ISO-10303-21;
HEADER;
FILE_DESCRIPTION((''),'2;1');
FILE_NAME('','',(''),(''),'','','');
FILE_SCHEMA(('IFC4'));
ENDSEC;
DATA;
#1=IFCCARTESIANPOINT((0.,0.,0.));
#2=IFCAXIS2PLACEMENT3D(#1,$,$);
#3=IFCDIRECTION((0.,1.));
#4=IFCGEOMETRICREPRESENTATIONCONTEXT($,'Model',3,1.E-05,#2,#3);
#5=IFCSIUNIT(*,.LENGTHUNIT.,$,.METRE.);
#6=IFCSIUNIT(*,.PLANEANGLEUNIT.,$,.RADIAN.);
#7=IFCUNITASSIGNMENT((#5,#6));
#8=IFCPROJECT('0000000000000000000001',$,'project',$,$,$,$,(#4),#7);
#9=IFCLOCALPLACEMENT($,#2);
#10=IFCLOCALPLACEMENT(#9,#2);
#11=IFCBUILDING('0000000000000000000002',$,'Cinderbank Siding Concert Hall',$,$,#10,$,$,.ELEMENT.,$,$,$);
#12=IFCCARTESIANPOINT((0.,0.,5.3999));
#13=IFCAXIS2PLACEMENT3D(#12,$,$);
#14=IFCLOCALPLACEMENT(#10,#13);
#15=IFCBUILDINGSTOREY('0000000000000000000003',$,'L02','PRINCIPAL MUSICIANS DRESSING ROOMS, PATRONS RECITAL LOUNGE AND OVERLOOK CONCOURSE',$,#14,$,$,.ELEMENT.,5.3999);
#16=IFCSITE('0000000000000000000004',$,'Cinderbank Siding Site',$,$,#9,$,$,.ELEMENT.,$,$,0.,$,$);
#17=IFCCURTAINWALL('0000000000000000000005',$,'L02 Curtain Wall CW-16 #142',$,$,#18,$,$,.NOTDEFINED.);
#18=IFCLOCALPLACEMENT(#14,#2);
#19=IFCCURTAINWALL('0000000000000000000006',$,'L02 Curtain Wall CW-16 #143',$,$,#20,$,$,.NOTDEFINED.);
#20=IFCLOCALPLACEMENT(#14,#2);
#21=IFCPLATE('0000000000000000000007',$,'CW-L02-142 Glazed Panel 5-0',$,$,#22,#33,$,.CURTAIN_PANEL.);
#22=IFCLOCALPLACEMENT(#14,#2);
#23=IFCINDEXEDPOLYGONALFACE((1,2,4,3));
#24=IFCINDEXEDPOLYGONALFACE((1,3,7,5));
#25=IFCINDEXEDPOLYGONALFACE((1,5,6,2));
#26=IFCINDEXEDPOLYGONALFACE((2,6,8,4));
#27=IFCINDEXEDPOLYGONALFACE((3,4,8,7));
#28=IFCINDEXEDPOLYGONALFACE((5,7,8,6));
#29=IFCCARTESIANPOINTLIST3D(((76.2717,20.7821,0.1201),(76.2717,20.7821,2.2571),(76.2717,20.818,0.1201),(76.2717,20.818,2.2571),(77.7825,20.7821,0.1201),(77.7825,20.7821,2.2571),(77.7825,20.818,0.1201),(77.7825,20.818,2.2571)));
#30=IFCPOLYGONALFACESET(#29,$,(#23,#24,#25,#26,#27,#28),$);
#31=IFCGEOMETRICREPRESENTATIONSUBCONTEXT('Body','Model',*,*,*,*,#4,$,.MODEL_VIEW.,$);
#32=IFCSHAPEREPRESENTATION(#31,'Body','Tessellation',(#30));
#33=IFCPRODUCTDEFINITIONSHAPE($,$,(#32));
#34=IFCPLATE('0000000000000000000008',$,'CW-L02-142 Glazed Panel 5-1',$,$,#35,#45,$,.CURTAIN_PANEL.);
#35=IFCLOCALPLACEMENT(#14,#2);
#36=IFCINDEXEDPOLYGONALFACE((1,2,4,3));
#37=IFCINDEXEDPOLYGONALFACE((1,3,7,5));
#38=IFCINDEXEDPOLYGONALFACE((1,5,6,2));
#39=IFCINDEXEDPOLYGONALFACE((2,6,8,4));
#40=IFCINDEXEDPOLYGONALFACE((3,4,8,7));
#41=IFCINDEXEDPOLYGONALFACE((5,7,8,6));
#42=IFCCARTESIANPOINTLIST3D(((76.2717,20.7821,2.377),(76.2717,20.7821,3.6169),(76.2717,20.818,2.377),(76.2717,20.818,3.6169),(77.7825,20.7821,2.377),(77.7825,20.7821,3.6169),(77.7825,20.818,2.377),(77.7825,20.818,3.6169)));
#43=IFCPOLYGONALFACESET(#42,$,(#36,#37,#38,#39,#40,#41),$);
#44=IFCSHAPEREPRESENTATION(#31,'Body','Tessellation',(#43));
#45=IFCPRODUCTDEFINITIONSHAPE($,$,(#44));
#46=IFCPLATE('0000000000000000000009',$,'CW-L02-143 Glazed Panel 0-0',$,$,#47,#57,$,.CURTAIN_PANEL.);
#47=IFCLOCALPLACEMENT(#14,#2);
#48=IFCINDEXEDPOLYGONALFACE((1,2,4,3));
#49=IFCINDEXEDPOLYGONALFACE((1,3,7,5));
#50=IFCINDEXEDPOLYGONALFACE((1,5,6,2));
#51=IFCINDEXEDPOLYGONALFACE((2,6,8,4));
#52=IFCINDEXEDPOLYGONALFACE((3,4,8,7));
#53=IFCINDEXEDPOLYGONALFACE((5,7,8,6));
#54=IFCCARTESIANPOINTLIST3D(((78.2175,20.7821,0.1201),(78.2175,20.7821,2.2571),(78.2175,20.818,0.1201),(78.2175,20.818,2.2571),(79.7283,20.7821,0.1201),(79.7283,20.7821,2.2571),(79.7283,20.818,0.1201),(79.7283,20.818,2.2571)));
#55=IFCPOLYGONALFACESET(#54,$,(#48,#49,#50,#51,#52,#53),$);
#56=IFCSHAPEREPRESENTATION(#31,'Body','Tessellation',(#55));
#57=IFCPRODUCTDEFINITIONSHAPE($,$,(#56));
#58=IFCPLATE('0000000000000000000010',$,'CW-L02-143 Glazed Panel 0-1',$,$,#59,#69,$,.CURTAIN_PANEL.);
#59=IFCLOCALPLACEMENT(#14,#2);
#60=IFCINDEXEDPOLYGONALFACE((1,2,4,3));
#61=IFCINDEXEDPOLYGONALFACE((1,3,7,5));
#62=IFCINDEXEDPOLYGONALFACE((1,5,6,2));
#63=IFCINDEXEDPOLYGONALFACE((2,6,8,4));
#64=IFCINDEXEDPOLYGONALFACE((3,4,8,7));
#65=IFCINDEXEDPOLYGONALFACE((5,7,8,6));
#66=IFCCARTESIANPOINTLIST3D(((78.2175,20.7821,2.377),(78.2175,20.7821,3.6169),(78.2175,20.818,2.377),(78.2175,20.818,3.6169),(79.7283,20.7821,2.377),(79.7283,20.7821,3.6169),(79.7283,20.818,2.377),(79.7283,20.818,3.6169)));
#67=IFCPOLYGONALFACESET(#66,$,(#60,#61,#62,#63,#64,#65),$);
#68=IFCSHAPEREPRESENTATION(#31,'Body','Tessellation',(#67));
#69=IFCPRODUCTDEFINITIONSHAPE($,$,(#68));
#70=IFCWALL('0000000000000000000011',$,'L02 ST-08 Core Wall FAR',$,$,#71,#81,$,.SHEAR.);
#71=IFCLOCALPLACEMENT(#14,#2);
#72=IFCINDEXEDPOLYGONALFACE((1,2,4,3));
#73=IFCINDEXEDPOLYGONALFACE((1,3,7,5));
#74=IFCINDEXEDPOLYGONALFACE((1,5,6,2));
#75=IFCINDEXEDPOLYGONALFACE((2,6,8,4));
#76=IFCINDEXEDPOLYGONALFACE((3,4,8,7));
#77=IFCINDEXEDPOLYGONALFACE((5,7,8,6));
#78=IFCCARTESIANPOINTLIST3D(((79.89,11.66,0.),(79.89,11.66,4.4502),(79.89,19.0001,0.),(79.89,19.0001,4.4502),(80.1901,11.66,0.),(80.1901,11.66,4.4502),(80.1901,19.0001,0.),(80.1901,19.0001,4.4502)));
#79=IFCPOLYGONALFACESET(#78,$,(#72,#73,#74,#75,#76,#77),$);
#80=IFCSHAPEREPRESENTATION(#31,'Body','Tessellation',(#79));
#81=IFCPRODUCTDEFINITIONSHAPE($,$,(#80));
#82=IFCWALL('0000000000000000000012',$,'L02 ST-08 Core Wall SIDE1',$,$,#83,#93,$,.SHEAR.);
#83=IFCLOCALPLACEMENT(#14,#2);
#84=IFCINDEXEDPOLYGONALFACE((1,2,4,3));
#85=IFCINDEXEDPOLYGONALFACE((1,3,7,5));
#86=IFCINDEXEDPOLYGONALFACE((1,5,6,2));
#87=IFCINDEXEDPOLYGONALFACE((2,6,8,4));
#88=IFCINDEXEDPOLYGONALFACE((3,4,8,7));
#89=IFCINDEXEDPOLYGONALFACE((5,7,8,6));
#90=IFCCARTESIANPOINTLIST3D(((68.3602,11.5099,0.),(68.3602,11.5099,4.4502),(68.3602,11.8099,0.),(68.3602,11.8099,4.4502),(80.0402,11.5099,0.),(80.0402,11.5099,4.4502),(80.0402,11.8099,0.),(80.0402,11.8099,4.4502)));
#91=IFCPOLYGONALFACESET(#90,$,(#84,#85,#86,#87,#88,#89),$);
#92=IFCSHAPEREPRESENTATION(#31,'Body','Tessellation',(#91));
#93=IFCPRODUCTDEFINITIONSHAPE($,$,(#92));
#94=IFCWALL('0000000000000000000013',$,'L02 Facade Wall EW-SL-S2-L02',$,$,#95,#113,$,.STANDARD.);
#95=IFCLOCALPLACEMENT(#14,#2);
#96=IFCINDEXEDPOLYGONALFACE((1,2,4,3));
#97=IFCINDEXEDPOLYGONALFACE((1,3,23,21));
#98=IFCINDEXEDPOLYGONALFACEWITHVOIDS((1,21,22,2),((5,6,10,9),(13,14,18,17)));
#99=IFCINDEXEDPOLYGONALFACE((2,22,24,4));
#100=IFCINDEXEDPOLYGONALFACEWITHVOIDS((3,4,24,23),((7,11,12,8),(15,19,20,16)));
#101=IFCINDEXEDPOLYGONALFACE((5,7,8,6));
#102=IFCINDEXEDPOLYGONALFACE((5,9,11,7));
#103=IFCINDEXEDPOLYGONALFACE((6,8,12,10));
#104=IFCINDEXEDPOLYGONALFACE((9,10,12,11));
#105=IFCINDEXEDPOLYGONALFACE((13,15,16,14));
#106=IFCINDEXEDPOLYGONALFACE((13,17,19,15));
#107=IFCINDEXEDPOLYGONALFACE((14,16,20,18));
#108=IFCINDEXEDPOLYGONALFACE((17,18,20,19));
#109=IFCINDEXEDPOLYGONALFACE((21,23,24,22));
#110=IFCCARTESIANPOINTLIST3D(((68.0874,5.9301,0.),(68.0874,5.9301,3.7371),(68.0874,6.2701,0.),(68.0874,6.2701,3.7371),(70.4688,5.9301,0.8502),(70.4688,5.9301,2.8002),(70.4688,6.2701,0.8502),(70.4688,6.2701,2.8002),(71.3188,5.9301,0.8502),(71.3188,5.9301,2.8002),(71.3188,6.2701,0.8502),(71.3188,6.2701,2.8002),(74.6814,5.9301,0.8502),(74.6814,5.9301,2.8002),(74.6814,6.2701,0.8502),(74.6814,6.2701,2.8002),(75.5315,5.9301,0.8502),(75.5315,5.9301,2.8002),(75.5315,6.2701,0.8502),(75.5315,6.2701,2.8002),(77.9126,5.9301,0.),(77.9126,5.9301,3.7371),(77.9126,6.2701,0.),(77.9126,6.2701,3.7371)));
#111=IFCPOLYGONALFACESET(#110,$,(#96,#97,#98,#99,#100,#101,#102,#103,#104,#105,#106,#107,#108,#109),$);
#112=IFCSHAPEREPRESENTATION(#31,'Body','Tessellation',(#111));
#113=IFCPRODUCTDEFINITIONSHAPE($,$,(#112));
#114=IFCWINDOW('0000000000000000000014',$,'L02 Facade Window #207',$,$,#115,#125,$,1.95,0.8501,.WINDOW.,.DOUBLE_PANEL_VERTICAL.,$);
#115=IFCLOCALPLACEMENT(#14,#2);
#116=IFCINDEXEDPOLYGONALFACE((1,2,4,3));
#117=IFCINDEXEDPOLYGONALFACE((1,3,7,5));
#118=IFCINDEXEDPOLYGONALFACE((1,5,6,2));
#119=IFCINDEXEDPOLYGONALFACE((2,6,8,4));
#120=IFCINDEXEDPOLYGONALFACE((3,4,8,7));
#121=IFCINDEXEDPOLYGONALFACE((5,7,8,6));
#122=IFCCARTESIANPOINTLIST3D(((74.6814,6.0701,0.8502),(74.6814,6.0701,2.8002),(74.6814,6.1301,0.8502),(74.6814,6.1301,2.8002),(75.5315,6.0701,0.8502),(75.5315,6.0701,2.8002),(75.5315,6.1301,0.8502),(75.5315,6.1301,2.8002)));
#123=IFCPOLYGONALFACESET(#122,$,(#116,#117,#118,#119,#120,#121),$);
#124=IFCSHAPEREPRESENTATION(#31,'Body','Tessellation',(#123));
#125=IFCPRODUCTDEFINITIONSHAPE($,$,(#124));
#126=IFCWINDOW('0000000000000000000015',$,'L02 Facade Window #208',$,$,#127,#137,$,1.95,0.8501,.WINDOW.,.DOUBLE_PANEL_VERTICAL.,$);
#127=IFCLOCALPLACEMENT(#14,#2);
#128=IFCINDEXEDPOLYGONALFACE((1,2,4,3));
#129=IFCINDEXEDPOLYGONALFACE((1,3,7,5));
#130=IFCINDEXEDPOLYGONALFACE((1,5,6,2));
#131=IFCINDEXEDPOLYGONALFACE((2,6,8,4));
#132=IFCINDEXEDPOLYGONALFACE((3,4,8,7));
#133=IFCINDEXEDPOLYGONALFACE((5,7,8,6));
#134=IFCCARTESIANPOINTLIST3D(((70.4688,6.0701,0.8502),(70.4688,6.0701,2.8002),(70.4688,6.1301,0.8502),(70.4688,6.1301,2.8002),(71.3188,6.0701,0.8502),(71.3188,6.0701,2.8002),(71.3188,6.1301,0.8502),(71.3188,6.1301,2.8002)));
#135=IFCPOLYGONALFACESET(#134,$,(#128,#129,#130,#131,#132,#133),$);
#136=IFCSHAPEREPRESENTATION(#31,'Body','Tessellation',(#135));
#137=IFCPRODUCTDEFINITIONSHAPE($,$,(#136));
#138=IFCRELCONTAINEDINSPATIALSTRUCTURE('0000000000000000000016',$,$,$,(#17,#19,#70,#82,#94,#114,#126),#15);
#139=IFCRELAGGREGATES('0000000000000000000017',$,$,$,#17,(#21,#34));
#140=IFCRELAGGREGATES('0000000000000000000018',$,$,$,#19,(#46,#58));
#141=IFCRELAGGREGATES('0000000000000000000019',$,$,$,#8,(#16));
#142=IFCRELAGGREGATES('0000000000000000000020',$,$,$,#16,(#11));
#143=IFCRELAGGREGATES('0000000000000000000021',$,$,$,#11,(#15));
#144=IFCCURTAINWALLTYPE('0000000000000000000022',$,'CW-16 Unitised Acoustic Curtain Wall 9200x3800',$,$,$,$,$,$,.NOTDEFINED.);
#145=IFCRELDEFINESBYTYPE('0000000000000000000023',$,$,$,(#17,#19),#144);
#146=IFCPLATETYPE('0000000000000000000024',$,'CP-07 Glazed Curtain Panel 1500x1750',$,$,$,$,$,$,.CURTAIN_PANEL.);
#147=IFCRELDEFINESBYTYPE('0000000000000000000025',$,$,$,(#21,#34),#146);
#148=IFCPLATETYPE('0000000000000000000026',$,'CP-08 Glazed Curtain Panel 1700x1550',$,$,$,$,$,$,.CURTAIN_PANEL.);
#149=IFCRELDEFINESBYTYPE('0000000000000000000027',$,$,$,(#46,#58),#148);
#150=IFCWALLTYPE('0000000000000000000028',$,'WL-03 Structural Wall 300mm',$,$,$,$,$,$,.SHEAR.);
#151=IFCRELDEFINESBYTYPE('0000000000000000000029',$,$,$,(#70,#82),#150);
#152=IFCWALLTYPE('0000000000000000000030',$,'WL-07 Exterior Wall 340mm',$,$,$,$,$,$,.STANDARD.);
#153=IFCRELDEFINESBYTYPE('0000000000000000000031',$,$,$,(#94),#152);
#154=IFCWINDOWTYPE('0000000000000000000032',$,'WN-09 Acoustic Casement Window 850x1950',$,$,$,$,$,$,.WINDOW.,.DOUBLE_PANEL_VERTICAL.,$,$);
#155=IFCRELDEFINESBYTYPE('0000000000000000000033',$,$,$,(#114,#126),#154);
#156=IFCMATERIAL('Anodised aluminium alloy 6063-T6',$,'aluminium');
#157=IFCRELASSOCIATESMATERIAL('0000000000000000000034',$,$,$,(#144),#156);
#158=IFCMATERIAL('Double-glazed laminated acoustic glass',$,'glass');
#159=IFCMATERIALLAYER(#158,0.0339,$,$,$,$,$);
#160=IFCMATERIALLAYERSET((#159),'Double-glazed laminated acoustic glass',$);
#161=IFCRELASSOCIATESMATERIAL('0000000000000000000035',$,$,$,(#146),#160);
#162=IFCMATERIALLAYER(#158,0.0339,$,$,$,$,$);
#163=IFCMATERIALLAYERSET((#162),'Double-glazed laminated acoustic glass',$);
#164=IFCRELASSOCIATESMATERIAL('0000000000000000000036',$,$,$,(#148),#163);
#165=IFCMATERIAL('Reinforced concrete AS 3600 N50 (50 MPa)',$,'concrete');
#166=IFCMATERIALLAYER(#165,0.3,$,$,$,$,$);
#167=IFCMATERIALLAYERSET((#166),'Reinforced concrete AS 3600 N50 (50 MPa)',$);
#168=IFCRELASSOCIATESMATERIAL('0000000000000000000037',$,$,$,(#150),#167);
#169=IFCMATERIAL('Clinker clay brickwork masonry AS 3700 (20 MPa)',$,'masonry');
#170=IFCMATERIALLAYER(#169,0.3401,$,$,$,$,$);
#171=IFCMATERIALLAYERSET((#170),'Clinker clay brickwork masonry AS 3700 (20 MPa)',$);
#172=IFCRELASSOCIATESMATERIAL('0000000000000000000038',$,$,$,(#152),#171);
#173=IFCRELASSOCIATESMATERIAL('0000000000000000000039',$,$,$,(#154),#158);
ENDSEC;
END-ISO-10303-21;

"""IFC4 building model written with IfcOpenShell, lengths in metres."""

from ifc_helpers import new_model, si_unit, direction, frame, frame_2d, origin, origin_2d, place, context, subcontext, project, spatial, rectangle, extrude, material, layer, layer_set, type_object, element, fill, aggregate, save


model = new_model("IFC4")

# Units and contexts
model_context = context("Model", 3, precision=1e-05, world=origin(), true_north=direction((0.0, 1.0)))
body_context = subcontext(model_context, "Body", "Model", "MODEL_VIEW")
ifc_project = project(units=[si_unit("LENGTHUNIT", "METRE"), si_unit("PLANEANGLEUNIT", "RADIAN")], contexts=[model_context])

# Site, building, storey
site_placement = place(None, origin())
site = spatial("IfcSite", under=ifc_project, at=site_placement, Name="Cinderbank Siding Site", CompositionType="ELEMENT", RefElevation=0.0)
building_placement = place(site_placement, origin())
building = spatial("IfcBuilding", under=site, at=building_placement, Name="Cinderbank Siding Concert Hall", CompositionType="ELEMENT")
storey_placement = place(building_placement, frame((0.0, 0.0, 5.3999)))
storey = spatial("IfcBuildingStorey", under=building, at=storey_placement, Name="L02", Description="PRINCIPAL MUSICIANS DRESSING ROOMS, PATRONS RECITAL LOUNGE AND OVERLOOK CONCOURSE", CompositionType="ELEMENT", Elevation=5.3999)

# Curtain walls
ifc_material_1 = material(Name="Anodised aluminium alloy 6063-T6", Category="aluminium")
curtain_wall_type = type_object("IfcCurtainWallType", Name="CW-16 Unitised Acoustic Curtain Wall 9200x3800", PredefinedType="NOTDEFINED", material=ifc_material_1)
curtain_wall_1_placement = place(storey_placement, origin())
curtain_wall_1 = element("IfcCurtainWall", 1, at=curtain_wall_1_placement, inside=storey, type_object=curtain_wall_type, Name="L02 Curtain Wall CW-16 #142", PredefinedType="NOTDEFINED")
curtain_wall_2_placement = place(storey_placement, origin())
curtain_wall_2 = element("IfcCurtainWall", 2, at=curtain_wall_2_placement, inside=storey, type_object=curtain_wall_type, Name="L02 Curtain Wall CW-16 #143", PredefinedType="NOTDEFINED")

# Plates
ifc_material_2 = material(Name="Double-glazed laminated acoustic glass", Category="glass")
ifc_layer_1 = layer(ifc_material_2, 0.0339)
ifc_layer_set_1 = layer_set([ifc_layer_1], Name="Double-glazed laminated acoustic glass")
plate_type_1 = type_object("IfcPlateType", Name="CP-07 Glazed Curtain Panel 1500x1750", PredefinedType="CURTAIN_PANEL", material=ifc_layer_set_1)
plate_1_placement = place(storey_placement, frame((77.0271, 20.8, 0.1201), z_axis=(0.0, 0.0, 1.0), x_axis=(1.0, 0.0, 0.0)))
plate_1 = element("IfcPlate", 3, at=plate_1_placement, type_object=plate_type_1, Name="CW-L02-142 Glazed Panel 5-0", PredefinedType="CURTAIN_PANEL", context=body_context, shape_type="SweptSolid", body=[
    extrude(rectangle(XDim=1.5107, YDim=0.0359, at=origin_2d()), origin(), (0.0, 0.0, 1.0), 2.137),
])
plate_2_placement = place(storey_placement, frame((77.0271, 20.8, 2.377), z_axis=(0.0, 0.0, 1.0), x_axis=(1.0, 0.0, 0.0)))
plate_2 = element("IfcPlate", 4, at=plate_2_placement, type_object=plate_type_1, Name="CW-L02-142 Glazed Panel 5-1", PredefinedType="CURTAIN_PANEL", context=body_context, shape_type="SweptSolid", body=[
    extrude(rectangle(XDim=1.5107, YDim=0.0359, at=origin_2d()), origin(), (0.0, 0.0, 1.0), 1.24),
])
aggregate(curtain_wall_1, [plate_1, plate_2])
ifc_layer_2 = layer(ifc_material_2, 0.0339)
ifc_layer_set_2 = layer_set([ifc_layer_2], Name="Double-glazed laminated acoustic glass")
plate_type_2 = type_object("IfcPlateType", Name="CP-08 Glazed Curtain Panel 1700x1550", PredefinedType="CURTAIN_PANEL", material=ifc_layer_set_2)
plate_3_placement = place(storey_placement, frame((78.9729, 20.8, 0.1201), z_axis=(0.0, 0.0, 1.0), x_axis=(1.0, 0.0, 0.0)))
plate_3 = element("IfcPlate", 5, at=plate_3_placement, type_object=plate_type_2, Name="CW-L02-143 Glazed Panel 0-0", PredefinedType="CURTAIN_PANEL", context=body_context, shape_type="SweptSolid", body=[
    extrude(rectangle(XDim=1.5107, YDim=0.0359, at=origin_2d()), origin(), (0.0, 0.0, 1.0), 2.137),
])
plate_4_placement = place(storey_placement, frame((78.9729, 20.8, 2.377), z_axis=(0.0, 0.0, 1.0), x_axis=(1.0, 0.0, 0.0)))
plate_4 = element("IfcPlate", 6, at=plate_4_placement, type_object=plate_type_2, Name="CW-L02-143 Glazed Panel 0-1", PredefinedType="CURTAIN_PANEL", context=body_context, shape_type="SweptSolid", body=[
    extrude(rectangle(XDim=1.5107, YDim=0.0359, at=origin_2d()), origin(), (0.0, 0.0, 1.0), 1.24),
])
aggregate(curtain_wall_2, [plate_3, plate_4])

# Walls
ifc_material_3 = material(Name="Reinforced concrete AS 3600 N50 (50 MPa)", Category="concrete")
ifc_layer_3 = layer(ifc_material_3, 0.3)
ifc_layer_set_3 = layer_set([ifc_layer_3], Name="Reinforced concrete AS 3600 N50 (50 MPa)")
wall_type_1 = type_object("IfcWallType", Name="WL-03 Structural Wall 300mm", PredefinedType="SHEAR", material=ifc_layer_set_3)
wall_1_placement = place(storey_placement, frame((80.04, 19.0, 0.0), z_axis=(0.0, 0.0, 1.0), x_axis=(0.0, -1.0, 0.0)))
element("IfcWall", 7, at=wall_1_placement, inside=storey, type_object=wall_type_1, Name="L02 ST-08 Core Wall FAR", PredefinedType="SHEAR", context=body_context, shape_type="SweptSolid", body=[
    extrude(rectangle(XDim=7.3401, YDim=0.3, at=frame_2d((3.6699, 0.0))), origin(), (0.0, 0.0, 1.0), 4.4502),
])
wall_2_placement = place(storey_placement, frame((80.04, 11.6599, 0.0), z_axis=(0.0, 0.0, 1.0), x_axis=(-1.0, 0.0, 0.0)))
element("IfcWall", 8, at=wall_2_placement, inside=storey, type_object=wall_type_1, Name="L02 ST-08 Core Wall SIDE1", PredefinedType="SHEAR", context=body_context, shape_type="SweptSolid", body=[
    extrude(rectangle(XDim=11.6799, YDim=0.3, at=frame_2d((5.8398, 0.0))), origin(), (0.0, 0.0, 1.0), 4.4502),
])

# Wall, openings, windows
ifc_material_4 = material(Name="Clinker clay brickwork masonry AS 3700 (20 MPa)", Category="masonry")
ifc_layer_4 = layer(ifc_material_4, 0.3401)
ifc_layer_set_4 = layer_set([ifc_layer_4], Name="Clinker clay brickwork masonry AS 3700 (20 MPa)")
wall_type_2 = type_object("IfcWallType", Name="WL-07 Exterior Wall 340mm", PredefinedType="STANDARD", material=ifc_layer_set_4)
wall_3_placement = place(storey_placement, frame((77.9126, 6.1001, 0.0), z_axis=(0.0, 0.0, 1.0), x_axis=(-1.0, 0.0, 0.0)))
wall_3 = element("IfcWall", 9, at=wall_3_placement, inside=storey, type_object=wall_type_2, Name="L02 Facade Wall EW-SL-S2-L02", PredefinedType="STANDARD", context=body_context, shape_type="SweptSolid", body=[
    extrude(rectangle(XDim=9.8252, YDim=0.3401, at=frame_2d((4.9126, 0.0))), origin(), (0.0, 0.0, 1.0), 3.7371),
])
opening_1_placement = place(wall_3_placement, frame((2.3811, 0.0, 0.8501)))
opening_1 = element("IfcOpeningElement", 10, at=opening_1_placement, cuts=wall_3, PredefinedType="OPENING", context=body_context, shape_type="SweptSolid", body=[
    extrude(rectangle(XDim=0.8501, YDim=1.95, at=frame_2d((0.425, 0.9751))), frame((0.0, 0.1821, 0.0), z_axis=(0.0, -1.0, 0.0), x_axis=(1.0, 0.0, 0.0)), (0.0, 0.0, 1.0), 0.364),
])
opening_2_placement = place(wall_3_placement, frame((6.5938, 0.0, 0.8501)))
opening_2 = element("IfcOpeningElement", 11, at=opening_2_placement, cuts=wall_3, PredefinedType="OPENING", context=body_context, shape_type="SweptSolid", body=[
    extrude(rectangle(XDim=0.8501, YDim=1.95, at=frame_2d((0.425, 0.9751))), frame((0.0, 0.1821, 0.0), z_axis=(0.0, -1.0, 0.0), x_axis=(1.0, 0.0, 0.0)), (0.0, 0.0, 1.0), 0.364),
])
window_type_1 = type_object("IfcWindowType", Name="WN-09 Acoustic Casement Window 850x1950", PartitioningType="DOUBLE_PANEL_VERTICAL", PredefinedType="WINDOW", material=ifc_material_2)
window_1_placement = place(opening_1_placement, origin())
window_1 = element("IfcWindow", 12, at=window_1_placement, inside=storey, type_object=window_type_1, Name="L02 Facade Window #207", OverallHeight=1.95, OverallWidth=0.8501, PartitioningType="DOUBLE_PANEL_VERTICAL", PredefinedType="WINDOW", context=body_context, shape_type="SweptSolid", body=[
    extrude(rectangle(XDim=0.8501, YDim=1.95, at=frame_2d((0.425, 0.9751))), frame((0.0, 0.03, 0.0), z_axis=(0.0, -1.0, 0.0), x_axis=(1.0, 0.0, 0.0)), (0.0, 0.0, 1.0), 0.0601),
])
fill(opening_1, window_1)
window_2_placement = place(opening_2_placement, origin())
window_2 = element("IfcWindow", 13, at=window_2_placement, inside=storey, type_object=window_type_1, Name="L02 Facade Window #208", OverallHeight=1.95, OverallWidth=0.8501, PartitioningType="DOUBLE_PANEL_VERTICAL", PredefinedType="WINDOW", context=body_context, shape_type="SweptSolid", body=[
    extrude(rectangle(XDim=0.8501, YDim=1.95, at=frame_2d((0.425, 0.9751))), frame((0.0, 0.03, 0.0), z_axis=(0.0, -1.0, 0.0), x_axis=(1.0, 0.0, 0.0)), (0.0, 0.0, 1.0), 0.0601),
])
fill(opening_2, window_2)

save(model, "model.ifc")
